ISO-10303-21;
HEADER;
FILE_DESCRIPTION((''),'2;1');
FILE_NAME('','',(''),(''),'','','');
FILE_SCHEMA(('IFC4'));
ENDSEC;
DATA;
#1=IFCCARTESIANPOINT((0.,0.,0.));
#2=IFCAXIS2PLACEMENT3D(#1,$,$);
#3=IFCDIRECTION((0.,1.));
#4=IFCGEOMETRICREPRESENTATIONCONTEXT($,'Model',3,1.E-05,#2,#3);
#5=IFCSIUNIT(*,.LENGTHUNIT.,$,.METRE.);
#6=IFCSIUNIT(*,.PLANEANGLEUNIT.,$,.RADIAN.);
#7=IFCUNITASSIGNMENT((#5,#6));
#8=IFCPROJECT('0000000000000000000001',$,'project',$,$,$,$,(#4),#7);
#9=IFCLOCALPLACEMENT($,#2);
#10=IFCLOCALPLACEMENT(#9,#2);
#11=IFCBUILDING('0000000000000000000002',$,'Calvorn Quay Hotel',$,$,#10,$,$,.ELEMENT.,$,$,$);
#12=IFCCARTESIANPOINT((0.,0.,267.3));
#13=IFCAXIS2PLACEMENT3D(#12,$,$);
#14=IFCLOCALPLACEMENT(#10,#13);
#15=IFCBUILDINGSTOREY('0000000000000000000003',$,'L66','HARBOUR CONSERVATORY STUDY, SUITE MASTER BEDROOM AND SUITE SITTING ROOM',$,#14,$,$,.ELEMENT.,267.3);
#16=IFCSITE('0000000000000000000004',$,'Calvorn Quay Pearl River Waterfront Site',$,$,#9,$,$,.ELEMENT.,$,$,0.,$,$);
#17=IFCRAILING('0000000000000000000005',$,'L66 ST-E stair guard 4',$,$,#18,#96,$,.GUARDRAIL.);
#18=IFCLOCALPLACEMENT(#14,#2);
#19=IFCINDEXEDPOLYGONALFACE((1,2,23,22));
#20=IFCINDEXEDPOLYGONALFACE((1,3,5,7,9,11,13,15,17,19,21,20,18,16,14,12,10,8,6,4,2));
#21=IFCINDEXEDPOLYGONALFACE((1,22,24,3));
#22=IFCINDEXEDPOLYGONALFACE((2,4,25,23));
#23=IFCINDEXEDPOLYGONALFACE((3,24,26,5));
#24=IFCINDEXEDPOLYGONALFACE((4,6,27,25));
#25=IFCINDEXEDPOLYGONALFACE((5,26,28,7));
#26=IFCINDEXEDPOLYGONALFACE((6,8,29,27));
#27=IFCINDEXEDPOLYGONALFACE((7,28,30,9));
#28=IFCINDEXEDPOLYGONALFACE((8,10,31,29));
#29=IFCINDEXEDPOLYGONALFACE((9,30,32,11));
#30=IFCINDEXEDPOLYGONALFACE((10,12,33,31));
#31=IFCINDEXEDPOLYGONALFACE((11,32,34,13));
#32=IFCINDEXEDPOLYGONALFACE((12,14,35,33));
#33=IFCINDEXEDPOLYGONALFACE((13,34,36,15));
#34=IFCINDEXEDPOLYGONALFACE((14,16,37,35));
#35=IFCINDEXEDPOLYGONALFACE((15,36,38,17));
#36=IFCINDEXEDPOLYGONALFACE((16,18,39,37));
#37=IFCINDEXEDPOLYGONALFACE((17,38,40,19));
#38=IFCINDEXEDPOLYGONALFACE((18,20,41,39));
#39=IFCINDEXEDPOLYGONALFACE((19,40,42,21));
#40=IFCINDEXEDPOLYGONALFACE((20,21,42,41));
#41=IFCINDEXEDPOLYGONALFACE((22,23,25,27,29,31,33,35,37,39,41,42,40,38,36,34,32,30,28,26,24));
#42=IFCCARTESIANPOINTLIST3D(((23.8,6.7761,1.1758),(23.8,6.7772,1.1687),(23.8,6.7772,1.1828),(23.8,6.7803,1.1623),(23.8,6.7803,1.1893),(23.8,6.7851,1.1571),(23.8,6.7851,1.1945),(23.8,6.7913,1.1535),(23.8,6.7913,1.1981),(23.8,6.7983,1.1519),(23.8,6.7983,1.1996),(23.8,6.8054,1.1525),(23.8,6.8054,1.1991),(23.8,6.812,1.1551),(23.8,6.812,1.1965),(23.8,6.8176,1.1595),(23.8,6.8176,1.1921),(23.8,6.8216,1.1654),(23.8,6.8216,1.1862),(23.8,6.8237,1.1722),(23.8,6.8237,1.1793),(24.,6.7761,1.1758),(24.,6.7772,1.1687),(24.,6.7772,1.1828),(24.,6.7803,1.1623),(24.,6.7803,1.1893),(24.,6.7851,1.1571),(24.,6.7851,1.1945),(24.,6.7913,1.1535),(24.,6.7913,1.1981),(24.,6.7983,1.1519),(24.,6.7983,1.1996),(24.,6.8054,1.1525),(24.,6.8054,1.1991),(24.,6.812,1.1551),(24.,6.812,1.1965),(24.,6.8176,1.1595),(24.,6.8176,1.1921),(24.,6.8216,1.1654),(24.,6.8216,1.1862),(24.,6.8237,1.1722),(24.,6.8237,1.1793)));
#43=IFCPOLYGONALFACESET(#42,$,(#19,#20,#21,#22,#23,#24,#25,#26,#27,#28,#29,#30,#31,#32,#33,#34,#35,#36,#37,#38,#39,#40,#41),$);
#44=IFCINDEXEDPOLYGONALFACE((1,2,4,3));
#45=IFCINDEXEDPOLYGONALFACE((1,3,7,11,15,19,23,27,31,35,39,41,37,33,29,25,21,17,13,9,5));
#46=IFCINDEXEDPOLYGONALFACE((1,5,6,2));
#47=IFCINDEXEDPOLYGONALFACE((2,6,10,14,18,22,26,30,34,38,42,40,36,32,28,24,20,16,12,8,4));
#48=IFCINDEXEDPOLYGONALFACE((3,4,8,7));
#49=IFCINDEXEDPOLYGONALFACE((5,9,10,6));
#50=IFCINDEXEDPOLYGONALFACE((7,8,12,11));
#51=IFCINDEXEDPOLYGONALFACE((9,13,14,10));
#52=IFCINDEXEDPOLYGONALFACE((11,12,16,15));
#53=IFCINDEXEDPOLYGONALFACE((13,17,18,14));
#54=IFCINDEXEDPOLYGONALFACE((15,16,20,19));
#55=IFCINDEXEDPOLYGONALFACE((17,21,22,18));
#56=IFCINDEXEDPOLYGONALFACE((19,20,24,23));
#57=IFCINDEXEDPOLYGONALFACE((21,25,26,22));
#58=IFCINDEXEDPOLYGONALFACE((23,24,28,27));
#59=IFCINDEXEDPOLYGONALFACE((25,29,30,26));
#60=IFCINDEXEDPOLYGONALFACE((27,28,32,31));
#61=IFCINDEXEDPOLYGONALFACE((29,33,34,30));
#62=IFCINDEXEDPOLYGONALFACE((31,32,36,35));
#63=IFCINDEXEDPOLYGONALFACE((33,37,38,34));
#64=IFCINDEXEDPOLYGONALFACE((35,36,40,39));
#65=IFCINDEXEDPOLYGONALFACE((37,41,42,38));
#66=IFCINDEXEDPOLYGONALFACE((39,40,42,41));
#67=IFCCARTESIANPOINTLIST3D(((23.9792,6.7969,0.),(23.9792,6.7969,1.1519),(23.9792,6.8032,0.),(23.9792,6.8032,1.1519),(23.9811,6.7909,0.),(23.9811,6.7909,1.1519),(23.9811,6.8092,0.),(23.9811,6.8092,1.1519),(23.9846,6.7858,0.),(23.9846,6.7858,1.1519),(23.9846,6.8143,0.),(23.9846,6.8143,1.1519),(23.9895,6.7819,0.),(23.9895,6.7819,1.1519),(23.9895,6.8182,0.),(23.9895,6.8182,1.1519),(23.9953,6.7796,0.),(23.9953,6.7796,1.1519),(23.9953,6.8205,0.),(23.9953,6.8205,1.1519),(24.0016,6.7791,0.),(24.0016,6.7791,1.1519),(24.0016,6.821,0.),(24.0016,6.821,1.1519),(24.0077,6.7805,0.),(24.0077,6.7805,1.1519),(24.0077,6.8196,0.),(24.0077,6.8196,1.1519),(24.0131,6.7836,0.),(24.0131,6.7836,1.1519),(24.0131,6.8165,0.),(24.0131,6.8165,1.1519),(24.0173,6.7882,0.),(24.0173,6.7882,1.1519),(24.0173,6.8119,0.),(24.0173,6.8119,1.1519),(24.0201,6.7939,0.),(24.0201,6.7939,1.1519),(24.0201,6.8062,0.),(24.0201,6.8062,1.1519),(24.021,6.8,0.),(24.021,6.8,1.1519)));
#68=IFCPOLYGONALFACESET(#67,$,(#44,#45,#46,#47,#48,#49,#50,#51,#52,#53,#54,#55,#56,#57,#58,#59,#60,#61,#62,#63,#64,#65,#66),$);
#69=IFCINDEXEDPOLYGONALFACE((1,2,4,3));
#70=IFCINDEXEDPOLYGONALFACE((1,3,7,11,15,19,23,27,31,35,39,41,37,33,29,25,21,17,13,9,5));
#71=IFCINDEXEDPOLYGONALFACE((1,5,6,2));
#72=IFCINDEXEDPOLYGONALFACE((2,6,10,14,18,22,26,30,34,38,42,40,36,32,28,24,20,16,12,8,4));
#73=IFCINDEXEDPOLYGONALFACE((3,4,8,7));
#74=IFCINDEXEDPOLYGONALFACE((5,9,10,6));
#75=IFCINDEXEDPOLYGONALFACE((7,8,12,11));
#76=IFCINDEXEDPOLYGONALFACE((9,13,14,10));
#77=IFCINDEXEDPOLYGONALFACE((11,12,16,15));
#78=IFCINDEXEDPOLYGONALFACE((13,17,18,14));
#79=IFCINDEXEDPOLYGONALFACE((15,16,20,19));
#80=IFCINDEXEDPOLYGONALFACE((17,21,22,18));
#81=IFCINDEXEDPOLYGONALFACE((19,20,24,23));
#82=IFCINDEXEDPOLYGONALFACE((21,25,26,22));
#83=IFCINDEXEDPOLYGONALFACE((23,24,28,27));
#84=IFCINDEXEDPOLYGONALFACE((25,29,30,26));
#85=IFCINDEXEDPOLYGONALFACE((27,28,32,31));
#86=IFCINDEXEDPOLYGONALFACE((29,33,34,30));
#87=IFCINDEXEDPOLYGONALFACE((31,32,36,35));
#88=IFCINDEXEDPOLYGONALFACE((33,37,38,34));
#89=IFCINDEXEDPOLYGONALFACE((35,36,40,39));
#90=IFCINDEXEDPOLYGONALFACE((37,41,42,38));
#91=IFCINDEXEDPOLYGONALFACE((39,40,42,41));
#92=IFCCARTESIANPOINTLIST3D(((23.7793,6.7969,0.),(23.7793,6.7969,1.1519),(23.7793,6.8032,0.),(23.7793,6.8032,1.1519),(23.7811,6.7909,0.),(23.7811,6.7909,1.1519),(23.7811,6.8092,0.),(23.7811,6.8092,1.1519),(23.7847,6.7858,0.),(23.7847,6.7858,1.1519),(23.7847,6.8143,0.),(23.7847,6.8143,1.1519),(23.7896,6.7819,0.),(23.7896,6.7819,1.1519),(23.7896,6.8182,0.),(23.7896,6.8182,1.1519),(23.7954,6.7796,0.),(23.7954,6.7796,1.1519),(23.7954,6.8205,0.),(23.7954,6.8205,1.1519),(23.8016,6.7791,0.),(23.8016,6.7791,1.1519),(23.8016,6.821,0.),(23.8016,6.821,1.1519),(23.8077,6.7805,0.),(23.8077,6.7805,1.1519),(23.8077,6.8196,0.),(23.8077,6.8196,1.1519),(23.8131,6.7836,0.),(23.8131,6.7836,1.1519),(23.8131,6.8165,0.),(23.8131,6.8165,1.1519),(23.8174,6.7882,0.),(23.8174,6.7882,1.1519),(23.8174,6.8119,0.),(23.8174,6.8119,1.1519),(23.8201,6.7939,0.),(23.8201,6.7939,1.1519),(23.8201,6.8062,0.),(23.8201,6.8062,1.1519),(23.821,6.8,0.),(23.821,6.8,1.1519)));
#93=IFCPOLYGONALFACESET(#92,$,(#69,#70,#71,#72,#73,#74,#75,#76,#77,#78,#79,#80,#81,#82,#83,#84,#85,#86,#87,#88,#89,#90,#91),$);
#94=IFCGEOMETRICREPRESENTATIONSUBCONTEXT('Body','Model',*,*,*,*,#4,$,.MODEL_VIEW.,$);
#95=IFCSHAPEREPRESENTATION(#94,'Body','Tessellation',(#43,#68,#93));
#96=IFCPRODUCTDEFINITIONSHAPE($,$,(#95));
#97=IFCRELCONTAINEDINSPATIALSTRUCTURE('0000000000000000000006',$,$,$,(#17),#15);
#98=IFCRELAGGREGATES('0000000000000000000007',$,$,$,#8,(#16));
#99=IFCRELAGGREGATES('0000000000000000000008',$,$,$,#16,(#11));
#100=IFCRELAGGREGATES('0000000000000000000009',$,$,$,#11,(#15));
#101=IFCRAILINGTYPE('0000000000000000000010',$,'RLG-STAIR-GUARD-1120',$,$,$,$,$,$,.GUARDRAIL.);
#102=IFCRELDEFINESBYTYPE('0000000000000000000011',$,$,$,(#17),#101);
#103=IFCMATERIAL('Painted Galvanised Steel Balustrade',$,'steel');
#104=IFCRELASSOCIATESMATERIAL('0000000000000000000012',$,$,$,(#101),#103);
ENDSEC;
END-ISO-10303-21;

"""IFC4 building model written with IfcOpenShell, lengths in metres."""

from ifc_helpers import new_model, si_unit, direction, frame, origin, origin_2d, place, context, subcontext, project, spatial, circle, extrude, material, type_object, element, save


model = new_model("IFC4")

# Units and contexts
model_context = context("Model", 3, precision=1e-05, world=origin(), true_north=direction((0.0, 1.0)))
body_context = subcontext(model_context, "Body", "Model", "MODEL_VIEW")
ifc_project = project(units=[si_unit("LENGTHUNIT", "METRE"), si_unit("PLANEANGLEUNIT", "RADIAN")], contexts=[model_context])

# Site, building, storey
site_placement = place(None, origin())
site = spatial("IfcSite", under=ifc_project, at=site_placement, Name="Calvorn Quay Pearl River Waterfront Site", CompositionType="ELEMENT", RefElevation=0.0)
building_placement = place(site_placement, origin())
building = spatial("IfcBuilding", under=site, at=building_placement, Name="Calvorn Quay Hotel", CompositionType="ELEMENT")
storey_placement = place(building_placement, frame((0.0, 0.0, 267.3)))
storey = spatial("IfcBuildingStorey", under=building, at=storey_placement, Name="L66", Description="HARBOUR CONSERVATORY STUDY, SUITE MASTER BEDROOM AND SUITE SITTING ROOM", CompositionType="ELEMENT", Elevation=267.3)

# Railing
ifc_material_1 = material(Name="Painted Galvanised Steel Balustrade", Category="steel")
railing_type_1 = type_object("IfcRailingType", Name="RLG-STAIR-GUARD-1120", PredefinedType="GUARDRAIL", material=ifc_material_1)
railing_1_placement = place(storey_placement, frame((24.0, 6.8, 0.0)))
element("IfcRailing", 1, at=railing_1_placement, inside=storey, type_object=railing_type_1, Name="L66 ST-E stair guard 4", PredefinedType="GUARDRAIL", context=body_context, shape_type="SweptSolid", body=[
    extrude(circle(Radius=0.0239, at=origin_2d()), frame((0.0, 0.0, 1.1758), z_axis=(-1.0, 0.0, 0.0), x_axis=(0.0, -1.0, 0.0)), (0.0, 0.0, 1.0), 0.2),
    extrude(circle(Radius=0.021, at=origin_2d()), origin(), (0.0, 0.0, 1.0), 1.1519),
    extrude(circle(Radius=0.021, at=origin_2d()), frame((-0.2, 0.0, 0.0)), (0.0, 0.0, 1.0), 1.1519),
])

save(model, "model.ifc")
